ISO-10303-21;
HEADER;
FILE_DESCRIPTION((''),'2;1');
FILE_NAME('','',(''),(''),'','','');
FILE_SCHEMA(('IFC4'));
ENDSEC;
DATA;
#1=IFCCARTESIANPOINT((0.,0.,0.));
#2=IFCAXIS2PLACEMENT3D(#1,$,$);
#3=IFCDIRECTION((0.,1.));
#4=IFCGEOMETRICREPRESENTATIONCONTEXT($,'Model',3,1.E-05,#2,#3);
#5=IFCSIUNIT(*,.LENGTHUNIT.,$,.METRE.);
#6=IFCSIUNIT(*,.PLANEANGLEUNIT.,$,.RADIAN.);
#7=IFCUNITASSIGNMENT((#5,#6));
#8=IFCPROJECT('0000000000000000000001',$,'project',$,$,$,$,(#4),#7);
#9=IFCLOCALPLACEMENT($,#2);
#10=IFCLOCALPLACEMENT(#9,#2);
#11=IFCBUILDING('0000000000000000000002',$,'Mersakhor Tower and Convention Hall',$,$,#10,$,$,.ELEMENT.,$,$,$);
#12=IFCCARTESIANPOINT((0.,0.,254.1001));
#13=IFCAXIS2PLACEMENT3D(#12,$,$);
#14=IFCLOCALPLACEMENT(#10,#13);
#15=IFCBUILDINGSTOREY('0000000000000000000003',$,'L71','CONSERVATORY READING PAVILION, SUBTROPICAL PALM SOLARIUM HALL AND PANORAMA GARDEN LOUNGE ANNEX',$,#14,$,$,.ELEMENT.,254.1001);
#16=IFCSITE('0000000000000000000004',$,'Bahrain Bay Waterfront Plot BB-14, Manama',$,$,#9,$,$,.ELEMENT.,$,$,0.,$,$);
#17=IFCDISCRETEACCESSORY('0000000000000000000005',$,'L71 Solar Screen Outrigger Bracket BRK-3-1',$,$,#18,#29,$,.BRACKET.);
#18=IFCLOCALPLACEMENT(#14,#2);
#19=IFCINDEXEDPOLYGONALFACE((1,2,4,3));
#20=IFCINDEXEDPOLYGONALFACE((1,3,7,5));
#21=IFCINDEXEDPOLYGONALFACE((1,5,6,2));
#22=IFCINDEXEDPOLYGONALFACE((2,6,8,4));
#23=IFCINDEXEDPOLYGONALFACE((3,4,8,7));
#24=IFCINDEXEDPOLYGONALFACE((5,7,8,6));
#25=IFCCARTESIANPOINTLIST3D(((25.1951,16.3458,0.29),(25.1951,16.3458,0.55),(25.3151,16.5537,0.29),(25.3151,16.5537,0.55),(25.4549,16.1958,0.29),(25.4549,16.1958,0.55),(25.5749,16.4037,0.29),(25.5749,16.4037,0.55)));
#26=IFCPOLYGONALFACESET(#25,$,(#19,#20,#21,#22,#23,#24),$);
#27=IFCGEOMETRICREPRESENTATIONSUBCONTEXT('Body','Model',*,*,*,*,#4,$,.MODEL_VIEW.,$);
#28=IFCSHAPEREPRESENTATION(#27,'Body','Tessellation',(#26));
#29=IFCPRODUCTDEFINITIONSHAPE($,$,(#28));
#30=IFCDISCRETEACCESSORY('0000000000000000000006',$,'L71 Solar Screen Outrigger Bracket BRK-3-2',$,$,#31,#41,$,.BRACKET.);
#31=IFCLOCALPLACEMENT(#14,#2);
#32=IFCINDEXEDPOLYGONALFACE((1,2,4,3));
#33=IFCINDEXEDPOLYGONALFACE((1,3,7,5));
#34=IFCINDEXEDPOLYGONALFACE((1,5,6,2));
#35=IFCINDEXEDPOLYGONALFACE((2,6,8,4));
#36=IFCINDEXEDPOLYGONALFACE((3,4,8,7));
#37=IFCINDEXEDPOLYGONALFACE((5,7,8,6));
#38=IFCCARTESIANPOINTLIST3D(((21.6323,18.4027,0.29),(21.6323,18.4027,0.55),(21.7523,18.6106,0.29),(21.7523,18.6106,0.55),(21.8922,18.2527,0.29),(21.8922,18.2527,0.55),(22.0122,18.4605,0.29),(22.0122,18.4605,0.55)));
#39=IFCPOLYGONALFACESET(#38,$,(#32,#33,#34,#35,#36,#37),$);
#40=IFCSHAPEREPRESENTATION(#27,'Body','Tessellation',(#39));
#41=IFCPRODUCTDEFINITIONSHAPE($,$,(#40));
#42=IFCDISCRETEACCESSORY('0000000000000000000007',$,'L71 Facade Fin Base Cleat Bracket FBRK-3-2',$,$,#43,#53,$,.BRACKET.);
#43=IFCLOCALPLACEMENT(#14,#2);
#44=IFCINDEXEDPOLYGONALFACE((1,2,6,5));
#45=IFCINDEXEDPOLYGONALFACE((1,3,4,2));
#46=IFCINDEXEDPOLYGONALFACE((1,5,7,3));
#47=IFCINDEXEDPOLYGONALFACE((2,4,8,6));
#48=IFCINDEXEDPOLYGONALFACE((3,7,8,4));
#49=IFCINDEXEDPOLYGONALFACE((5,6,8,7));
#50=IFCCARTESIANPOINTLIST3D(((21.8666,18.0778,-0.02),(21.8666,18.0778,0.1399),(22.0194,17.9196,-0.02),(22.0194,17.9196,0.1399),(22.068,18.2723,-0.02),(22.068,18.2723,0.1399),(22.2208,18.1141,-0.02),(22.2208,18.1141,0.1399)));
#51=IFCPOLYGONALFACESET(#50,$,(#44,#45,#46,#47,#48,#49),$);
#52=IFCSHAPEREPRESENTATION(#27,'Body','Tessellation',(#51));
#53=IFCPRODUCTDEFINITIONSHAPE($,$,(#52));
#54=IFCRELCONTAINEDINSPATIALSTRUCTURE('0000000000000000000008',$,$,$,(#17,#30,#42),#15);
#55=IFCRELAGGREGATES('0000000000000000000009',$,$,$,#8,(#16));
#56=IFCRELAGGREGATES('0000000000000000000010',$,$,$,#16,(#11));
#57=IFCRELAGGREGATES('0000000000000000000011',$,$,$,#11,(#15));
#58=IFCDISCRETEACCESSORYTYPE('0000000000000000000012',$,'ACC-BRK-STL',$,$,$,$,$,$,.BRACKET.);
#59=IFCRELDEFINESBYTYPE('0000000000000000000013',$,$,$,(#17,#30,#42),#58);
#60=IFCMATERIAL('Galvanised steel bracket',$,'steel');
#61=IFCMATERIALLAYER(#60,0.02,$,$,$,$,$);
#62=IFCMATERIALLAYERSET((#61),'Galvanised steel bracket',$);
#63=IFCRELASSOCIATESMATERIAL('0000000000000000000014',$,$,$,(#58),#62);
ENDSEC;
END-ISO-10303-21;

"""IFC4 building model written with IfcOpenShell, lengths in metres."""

from ifc_helpers import new_model, si_unit, direction, frame, origin, origin_2d, place, context, subcontext, project, spatial, rectangle, extrude, material, layer, layer_set, type_object, element, save


model = new_model("IFC4")

# Units and contexts
model_context = context("Model", 3, precision=1e-05, world=origin(), true_north=direction((0.0, 1.0)))
body_context = subcontext(model_context, "Body", "Model", "MODEL_VIEW")
ifc_project = project(units=[si_unit("LENGTHUNIT", "METRE"), si_unit("PLANEANGLEUNIT", "RADIAN")], contexts=[model_context])

# Site, building, storey
site_placement = place(None, origin())
site = spatial("IfcSite", under=ifc_project, at=site_placement, Name="Bahrain Bay Waterfront Plot BB-14, Manama", CompositionType="ELEMENT", RefElevation=0.0)
building_placement = place(site_placement, origin())
building = spatial("IfcBuilding", under=site, at=building_placement, Name="Mersakhor Tower and Convention Hall", CompositionType="ELEMENT")
storey_placement = place(building_placement, frame((0.0, 0.0, 254.1001)))
storey = spatial("IfcBuildingStorey", under=building, at=storey_placement, Name="L71", Description="CONSERVATORY READING PAVILION, SUBTROPICAL PALM SOLARIUM HALL AND PANORAMA GARDEN LOUNGE ANNEX", CompositionType="ELEMENT", Elevation=254.1001)

# Discrete accessories
ifc_material_1 = material(Name="Galvanised steel bracket", Category="steel")
ifc_layer_1 = layer(ifc_material_1, 0.02)
ifc_layer_set_1 = layer_set([ifc_layer_1], Name="Galvanised steel bracket")
discrete_accessory_type = type_object("IfcDiscreteAccessoryType", Name="ACC-BRK-STL", PredefinedType="BRACKET", material=ifc_layer_set_1)
for number, where, z_axis, x_axis, name in (
    (1, (25.385, 16.3748, 0.29), (0.0, 0.0, 1.0), (-0.866025, 0.5, 0.0), "L71 Solar Screen Outrigger Bracket BRK-3-1"),
    (2, (21.8223, 18.4316, 0.29), (0.0, 0.0, 1.0), (-0.866025, 0.5, 0.0), "L71 Solar Screen Outrigger Bracket BRK-3-2"),
):
    element("IfcDiscreteAccessory", number, at=place(storey_placement, frame(where, z_axis=z_axis, x_axis=x_axis)), inside=storey, type_object=discrete_accessory_type, Name=name, PredefinedType="BRACKET", context=body_context, shape_type="SweptSolid", body=[
        extrude(rectangle(XDim=0.3, YDim=0.24, at=origin_2d()), origin(), (0.0, 0.0, 1.0), 0.26),
    ])
discrete_accessory_placement = place(storey_placement, frame((22.0437, 18.0959, -0.02), z_axis=(0.0, 0.0, 1.0), x_axis=(-0.71934, -0.694658, 0.0)))
element("IfcDiscreteAccessory", 3, at=discrete_accessory_placement, inside=storey, type_object=discrete_accessory_type, Name="L71 Facade Fin Base Cleat Bracket FBRK-3-2", PredefinedType="BRACKET", context=body_context, shape_type="SweptSolid", body=[
    extrude(rectangle(XDim=0.28, YDim=0.22, at=origin_2d()), origin(), (0.0, 0.0, 1.0), 0.1599),
])

save(model, "model.ifc")
